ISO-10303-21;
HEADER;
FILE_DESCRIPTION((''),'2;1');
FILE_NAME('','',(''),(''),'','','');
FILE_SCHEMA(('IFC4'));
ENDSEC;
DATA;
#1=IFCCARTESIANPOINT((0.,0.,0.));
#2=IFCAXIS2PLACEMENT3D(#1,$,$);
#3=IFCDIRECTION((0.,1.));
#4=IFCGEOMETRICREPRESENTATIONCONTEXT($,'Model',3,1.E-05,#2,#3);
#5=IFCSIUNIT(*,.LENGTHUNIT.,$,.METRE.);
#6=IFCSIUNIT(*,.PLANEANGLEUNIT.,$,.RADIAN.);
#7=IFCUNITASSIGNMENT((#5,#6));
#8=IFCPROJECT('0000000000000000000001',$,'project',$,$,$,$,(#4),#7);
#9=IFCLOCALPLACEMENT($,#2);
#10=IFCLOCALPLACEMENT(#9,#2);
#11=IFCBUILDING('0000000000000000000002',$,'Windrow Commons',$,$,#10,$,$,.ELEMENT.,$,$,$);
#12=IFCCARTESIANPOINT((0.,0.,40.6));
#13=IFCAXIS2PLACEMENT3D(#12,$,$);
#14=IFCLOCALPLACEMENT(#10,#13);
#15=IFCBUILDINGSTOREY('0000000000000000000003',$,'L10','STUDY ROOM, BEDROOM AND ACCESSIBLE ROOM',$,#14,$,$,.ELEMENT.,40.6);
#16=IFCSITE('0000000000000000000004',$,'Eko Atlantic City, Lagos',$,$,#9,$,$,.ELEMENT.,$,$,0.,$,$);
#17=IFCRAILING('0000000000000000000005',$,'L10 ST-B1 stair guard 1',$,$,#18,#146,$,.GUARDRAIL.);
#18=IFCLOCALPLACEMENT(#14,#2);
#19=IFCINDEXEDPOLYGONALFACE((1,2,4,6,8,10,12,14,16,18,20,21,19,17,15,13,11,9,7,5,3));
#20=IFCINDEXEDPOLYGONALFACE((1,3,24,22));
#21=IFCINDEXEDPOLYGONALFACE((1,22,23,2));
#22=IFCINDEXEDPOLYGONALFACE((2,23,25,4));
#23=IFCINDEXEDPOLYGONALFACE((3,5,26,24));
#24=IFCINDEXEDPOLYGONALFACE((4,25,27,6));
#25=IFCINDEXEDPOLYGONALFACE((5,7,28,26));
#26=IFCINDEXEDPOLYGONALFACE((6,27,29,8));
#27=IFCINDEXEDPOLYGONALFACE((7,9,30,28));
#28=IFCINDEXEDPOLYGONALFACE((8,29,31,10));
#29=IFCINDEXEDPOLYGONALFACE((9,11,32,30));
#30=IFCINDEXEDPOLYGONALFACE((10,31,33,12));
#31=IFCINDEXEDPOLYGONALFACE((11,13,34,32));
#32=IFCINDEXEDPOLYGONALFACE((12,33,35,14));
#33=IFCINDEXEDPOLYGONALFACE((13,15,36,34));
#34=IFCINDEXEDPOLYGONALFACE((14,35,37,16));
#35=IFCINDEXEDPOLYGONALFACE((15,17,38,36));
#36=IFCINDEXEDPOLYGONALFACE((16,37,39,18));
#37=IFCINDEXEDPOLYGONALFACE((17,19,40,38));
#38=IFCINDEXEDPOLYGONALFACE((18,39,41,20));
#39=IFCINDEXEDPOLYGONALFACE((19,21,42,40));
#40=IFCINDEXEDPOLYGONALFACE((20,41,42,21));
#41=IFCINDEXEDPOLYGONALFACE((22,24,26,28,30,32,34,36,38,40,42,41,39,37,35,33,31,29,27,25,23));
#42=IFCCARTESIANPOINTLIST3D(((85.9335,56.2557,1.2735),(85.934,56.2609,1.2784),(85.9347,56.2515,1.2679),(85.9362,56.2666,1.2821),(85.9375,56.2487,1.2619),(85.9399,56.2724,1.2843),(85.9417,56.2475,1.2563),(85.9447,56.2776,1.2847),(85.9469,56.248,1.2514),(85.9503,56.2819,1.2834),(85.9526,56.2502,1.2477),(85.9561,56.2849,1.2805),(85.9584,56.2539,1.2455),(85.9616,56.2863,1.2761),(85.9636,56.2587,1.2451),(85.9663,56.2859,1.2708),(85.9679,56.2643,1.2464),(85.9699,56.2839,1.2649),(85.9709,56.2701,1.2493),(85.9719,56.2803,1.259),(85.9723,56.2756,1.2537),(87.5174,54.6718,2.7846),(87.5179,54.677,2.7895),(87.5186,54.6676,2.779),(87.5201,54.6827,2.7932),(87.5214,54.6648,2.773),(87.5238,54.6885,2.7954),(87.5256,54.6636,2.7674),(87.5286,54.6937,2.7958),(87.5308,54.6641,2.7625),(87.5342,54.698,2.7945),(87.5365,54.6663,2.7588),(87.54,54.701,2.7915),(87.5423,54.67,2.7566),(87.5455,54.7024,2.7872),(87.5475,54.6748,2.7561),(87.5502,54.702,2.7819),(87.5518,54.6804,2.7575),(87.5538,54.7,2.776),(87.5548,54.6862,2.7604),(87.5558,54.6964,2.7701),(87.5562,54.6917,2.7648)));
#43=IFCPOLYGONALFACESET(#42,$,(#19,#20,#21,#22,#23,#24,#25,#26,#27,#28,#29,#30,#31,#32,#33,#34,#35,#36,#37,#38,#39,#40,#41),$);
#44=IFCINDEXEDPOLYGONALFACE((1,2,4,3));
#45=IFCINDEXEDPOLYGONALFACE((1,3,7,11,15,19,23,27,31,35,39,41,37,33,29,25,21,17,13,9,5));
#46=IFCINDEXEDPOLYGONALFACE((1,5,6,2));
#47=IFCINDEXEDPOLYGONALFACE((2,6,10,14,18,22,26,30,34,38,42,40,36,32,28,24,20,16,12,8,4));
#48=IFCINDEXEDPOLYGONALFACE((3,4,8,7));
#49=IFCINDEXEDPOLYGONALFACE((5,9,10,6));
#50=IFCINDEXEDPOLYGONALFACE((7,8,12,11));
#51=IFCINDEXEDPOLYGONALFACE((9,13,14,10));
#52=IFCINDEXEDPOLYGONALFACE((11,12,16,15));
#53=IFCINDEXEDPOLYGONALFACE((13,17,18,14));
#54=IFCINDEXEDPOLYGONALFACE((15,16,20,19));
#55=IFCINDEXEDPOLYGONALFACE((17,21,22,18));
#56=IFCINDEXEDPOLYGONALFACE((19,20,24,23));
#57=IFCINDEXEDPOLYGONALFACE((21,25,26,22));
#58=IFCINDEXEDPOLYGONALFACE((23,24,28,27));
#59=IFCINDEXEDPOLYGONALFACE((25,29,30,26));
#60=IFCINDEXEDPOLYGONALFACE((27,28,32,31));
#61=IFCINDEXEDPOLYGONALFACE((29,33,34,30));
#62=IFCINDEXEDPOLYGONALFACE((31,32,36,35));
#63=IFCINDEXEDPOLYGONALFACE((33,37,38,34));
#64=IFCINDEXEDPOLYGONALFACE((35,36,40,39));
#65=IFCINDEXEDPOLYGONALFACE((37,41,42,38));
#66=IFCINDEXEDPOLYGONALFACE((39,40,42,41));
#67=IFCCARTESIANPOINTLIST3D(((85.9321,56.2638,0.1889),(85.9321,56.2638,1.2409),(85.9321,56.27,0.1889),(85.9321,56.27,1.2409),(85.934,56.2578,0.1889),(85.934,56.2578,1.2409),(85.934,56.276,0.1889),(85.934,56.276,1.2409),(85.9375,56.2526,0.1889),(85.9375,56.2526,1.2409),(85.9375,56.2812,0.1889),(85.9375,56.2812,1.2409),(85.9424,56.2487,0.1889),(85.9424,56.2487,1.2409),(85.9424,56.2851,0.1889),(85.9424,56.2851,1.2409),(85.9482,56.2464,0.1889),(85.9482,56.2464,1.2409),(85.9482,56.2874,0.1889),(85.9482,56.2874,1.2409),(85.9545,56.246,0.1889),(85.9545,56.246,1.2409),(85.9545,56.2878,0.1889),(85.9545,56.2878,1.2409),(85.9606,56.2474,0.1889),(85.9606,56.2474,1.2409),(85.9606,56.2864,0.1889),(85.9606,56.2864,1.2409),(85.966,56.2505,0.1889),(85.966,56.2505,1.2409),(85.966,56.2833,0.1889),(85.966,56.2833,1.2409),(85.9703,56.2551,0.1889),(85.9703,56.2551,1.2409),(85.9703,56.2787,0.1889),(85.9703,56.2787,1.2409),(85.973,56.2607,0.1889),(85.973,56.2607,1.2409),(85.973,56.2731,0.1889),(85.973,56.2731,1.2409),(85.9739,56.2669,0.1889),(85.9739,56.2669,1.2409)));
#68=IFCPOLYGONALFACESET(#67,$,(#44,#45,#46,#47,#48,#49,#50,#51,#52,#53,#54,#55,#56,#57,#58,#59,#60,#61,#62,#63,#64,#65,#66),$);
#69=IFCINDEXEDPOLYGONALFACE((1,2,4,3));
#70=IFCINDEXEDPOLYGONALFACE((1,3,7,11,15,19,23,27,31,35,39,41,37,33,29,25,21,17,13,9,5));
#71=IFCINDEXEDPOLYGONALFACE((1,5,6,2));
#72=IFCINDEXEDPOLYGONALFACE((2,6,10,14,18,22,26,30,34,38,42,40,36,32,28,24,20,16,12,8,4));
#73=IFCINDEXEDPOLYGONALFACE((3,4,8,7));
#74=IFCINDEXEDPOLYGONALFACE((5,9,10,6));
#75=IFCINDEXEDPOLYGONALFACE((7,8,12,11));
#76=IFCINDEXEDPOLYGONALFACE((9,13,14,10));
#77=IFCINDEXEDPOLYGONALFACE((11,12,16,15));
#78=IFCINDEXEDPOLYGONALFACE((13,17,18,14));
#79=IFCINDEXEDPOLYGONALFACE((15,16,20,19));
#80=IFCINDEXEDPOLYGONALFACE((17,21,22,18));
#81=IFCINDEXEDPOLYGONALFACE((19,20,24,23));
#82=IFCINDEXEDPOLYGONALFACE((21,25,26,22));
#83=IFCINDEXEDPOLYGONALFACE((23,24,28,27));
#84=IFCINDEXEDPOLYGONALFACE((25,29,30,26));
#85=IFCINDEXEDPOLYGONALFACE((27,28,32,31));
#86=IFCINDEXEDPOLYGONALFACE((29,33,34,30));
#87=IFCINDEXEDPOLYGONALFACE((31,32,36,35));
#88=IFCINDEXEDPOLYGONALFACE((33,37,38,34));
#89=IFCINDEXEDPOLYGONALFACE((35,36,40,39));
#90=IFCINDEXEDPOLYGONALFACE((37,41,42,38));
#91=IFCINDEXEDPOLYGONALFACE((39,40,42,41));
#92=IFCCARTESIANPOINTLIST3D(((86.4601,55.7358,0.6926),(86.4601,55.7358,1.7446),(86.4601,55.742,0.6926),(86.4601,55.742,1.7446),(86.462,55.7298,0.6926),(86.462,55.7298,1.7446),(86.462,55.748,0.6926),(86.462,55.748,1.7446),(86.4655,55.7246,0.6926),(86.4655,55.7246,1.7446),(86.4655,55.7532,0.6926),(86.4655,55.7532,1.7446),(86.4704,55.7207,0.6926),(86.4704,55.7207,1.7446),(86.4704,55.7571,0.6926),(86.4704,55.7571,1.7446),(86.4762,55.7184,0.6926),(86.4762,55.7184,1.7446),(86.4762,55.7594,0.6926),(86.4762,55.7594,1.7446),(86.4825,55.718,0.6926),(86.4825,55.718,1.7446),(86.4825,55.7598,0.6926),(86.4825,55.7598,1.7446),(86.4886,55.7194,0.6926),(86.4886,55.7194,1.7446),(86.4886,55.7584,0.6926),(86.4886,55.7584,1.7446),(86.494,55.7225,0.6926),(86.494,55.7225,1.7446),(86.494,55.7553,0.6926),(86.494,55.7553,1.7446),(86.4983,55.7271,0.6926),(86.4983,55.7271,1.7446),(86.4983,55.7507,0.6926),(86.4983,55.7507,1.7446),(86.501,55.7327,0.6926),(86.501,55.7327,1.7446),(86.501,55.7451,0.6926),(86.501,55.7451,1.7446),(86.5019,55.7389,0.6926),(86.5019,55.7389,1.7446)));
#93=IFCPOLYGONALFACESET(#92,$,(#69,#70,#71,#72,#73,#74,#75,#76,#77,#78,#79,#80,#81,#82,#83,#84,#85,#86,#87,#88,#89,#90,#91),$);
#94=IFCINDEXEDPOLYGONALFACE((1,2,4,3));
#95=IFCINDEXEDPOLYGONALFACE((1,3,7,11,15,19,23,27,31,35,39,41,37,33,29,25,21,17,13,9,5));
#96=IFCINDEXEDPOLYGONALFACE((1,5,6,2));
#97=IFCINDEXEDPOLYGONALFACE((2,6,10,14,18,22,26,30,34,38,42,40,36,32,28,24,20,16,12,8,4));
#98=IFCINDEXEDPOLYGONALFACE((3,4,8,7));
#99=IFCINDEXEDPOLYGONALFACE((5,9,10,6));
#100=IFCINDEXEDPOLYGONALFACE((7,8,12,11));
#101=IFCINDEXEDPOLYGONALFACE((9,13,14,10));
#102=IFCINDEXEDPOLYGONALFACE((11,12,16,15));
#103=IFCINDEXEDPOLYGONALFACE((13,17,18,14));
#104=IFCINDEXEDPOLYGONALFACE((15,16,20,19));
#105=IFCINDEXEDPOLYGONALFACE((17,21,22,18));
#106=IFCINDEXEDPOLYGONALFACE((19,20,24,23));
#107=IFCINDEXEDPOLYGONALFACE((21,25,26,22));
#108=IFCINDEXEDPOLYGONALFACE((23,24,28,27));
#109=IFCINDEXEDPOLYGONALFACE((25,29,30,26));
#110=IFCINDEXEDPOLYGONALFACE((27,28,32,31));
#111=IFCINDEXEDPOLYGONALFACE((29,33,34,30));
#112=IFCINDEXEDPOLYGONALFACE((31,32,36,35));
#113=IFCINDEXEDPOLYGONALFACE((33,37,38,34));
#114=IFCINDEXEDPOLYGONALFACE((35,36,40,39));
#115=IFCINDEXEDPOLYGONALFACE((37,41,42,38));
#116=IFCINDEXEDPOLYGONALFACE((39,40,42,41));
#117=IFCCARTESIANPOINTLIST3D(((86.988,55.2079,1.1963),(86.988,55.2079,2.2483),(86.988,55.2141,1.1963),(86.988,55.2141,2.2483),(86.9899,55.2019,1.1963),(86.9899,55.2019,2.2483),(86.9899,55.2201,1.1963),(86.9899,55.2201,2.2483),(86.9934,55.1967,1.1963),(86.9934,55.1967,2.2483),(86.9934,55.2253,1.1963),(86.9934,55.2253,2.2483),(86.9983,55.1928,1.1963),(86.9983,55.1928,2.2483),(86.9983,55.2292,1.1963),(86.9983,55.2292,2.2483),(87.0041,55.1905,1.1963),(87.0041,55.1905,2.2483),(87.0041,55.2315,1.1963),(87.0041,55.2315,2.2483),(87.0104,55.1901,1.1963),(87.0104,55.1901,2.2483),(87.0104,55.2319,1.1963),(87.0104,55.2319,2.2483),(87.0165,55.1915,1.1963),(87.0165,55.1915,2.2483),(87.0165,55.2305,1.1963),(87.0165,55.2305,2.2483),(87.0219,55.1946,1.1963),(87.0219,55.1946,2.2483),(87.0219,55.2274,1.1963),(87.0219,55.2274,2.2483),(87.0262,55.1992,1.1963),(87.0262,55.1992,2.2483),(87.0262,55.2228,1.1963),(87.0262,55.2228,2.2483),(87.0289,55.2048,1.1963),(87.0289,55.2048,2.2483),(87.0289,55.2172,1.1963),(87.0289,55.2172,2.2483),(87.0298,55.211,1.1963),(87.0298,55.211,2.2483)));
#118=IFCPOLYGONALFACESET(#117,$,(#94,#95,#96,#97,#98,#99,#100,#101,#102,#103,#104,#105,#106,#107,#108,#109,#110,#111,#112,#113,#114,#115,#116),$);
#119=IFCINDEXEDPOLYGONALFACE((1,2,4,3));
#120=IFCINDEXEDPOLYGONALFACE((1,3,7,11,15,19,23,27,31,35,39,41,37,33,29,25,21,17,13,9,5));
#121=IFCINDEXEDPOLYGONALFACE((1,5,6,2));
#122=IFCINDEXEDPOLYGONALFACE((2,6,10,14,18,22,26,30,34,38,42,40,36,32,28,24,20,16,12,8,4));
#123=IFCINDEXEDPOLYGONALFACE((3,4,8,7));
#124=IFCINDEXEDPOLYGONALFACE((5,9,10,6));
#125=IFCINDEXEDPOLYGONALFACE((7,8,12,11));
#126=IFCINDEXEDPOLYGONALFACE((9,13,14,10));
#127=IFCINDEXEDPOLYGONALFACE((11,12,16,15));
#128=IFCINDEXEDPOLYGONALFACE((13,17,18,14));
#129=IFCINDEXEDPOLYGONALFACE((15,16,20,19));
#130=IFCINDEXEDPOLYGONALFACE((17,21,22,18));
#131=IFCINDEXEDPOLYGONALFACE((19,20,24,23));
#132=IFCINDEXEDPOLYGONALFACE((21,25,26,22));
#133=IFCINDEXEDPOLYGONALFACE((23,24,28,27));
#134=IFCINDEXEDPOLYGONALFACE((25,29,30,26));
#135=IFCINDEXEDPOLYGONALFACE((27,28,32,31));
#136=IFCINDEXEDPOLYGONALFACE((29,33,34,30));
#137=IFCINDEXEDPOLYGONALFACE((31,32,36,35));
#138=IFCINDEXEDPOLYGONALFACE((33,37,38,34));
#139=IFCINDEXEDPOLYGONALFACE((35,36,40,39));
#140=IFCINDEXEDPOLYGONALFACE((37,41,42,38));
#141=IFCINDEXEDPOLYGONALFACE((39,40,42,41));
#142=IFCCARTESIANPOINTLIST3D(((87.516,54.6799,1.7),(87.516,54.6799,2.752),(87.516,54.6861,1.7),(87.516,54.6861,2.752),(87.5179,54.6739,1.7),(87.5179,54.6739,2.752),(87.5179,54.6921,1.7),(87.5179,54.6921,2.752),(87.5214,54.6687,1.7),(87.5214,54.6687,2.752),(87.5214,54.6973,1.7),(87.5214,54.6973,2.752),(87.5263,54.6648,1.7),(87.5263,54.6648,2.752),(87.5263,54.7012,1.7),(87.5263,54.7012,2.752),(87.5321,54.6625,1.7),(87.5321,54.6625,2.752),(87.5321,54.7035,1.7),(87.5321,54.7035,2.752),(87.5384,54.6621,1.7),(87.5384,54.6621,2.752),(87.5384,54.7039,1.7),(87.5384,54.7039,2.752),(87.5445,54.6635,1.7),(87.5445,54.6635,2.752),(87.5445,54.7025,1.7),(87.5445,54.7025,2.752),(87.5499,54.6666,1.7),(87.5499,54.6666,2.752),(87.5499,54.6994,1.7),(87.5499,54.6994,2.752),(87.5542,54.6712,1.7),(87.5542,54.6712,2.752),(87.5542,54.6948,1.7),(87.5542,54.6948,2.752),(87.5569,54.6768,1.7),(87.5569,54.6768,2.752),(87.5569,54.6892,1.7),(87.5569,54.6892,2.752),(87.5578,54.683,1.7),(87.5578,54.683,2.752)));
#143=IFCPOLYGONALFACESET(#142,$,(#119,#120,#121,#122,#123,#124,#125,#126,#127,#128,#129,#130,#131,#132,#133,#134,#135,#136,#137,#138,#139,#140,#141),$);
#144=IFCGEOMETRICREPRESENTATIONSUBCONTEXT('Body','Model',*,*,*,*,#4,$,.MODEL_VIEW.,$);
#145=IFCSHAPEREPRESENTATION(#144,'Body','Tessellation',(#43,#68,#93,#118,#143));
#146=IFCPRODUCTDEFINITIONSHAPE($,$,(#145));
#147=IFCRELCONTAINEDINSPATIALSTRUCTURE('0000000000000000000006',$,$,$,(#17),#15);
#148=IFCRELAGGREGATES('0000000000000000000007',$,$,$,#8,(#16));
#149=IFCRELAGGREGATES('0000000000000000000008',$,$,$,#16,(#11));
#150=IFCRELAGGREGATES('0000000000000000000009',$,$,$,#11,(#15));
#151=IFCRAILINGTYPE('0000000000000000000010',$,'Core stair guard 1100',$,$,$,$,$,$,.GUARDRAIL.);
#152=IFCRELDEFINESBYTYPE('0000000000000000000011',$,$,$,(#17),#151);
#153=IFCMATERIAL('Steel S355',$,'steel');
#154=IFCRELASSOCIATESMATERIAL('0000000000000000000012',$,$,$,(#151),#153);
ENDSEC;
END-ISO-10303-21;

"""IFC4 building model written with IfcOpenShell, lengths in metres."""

from ifc_helpers import new_model, si_unit, direction, frame, origin, origin_2d, place, context, subcontext, project, spatial, circle, extrude, material, type_object, element, save


model = new_model("IFC4")

# Units and contexts
model_context = context("Model", 3, precision=1e-05, world=origin(), true_north=direction((0.0, 1.0)))
body_context = subcontext(model_context, "Body", "Model", "MODEL_VIEW")
ifc_project = project(units=[si_unit("LENGTHUNIT", "METRE"), si_unit("PLANEANGLEUNIT", "RADIAN")], contexts=[model_context])

# Site, building, storey
site_placement = place(None, origin())
site = spatial("IfcSite", under=ifc_project, at=site_placement, Name="Eko Atlantic City, Lagos", CompositionType="ELEMENT", RefElevation=0.0)
building_placement = place(site_placement, origin())
building = spatial("IfcBuilding", under=site, at=building_placement, Name="Windrow Commons", CompositionType="ELEMENT")
storey_placement = place(building_placement, frame((0.0, 0.0, 40.6)))
storey = spatial("IfcBuildingStorey", under=building, at=storey_placement, Name="L10", Description="STUDY ROOM, BEDROOM AND ACCESSIBLE ROOM", CompositionType="ELEMENT", Elevation=40.6)

# Railing
ifc_material_1 = material(Name="Steel S355", Category="steel")
railing_type_1 = type_object("IfcRailingType", Name="Core stair guard 1100", PredefinedType="GUARDRAIL", material=ifc_material_1)
railing_1_placement = place(storey_placement, frame((85.9529, 56.2669, 0.1889)))
element("IfcRailing", 1, at=railing_1_placement, inside=storey, type_object=railing_type_1, Name="L10 ST-B1 stair guard 1", PredefinedType="GUARDRAIL", context=body_context, shape_type="SweptSolid", body=[
    extrude(circle(Radius=0.024, at=origin_2d()), frame((0.0, 0.0, 1.076), z_axis=(0.586191, -0.586191, 0.559249), x_axis=(0.707107, 0.707107, 0.0)), (0.0, 0.0, 1.0), 2.702),
    extrude(circle(Radius=0.021, at=origin_2d()), origin(), (0.0, 0.0, 1.0), 1.052),
    extrude(circle(Radius=0.021, at=origin_2d()), frame((0.528, -0.528, 0.5037)), (0.0, 0.0, 1.0), 1.052),
    extrude(circle(Radius=0.021, at=origin_2d()), frame((1.0559, -1.0559, 1.0074)), (0.0, 0.0, 1.0), 1.052),
    extrude(circle(Radius=0.021, at=origin_2d()), frame((1.5839, -1.5839, 1.5111)), (0.0, 0.0, 1.0), 1.052),
])

save(model, "model.ifc")
